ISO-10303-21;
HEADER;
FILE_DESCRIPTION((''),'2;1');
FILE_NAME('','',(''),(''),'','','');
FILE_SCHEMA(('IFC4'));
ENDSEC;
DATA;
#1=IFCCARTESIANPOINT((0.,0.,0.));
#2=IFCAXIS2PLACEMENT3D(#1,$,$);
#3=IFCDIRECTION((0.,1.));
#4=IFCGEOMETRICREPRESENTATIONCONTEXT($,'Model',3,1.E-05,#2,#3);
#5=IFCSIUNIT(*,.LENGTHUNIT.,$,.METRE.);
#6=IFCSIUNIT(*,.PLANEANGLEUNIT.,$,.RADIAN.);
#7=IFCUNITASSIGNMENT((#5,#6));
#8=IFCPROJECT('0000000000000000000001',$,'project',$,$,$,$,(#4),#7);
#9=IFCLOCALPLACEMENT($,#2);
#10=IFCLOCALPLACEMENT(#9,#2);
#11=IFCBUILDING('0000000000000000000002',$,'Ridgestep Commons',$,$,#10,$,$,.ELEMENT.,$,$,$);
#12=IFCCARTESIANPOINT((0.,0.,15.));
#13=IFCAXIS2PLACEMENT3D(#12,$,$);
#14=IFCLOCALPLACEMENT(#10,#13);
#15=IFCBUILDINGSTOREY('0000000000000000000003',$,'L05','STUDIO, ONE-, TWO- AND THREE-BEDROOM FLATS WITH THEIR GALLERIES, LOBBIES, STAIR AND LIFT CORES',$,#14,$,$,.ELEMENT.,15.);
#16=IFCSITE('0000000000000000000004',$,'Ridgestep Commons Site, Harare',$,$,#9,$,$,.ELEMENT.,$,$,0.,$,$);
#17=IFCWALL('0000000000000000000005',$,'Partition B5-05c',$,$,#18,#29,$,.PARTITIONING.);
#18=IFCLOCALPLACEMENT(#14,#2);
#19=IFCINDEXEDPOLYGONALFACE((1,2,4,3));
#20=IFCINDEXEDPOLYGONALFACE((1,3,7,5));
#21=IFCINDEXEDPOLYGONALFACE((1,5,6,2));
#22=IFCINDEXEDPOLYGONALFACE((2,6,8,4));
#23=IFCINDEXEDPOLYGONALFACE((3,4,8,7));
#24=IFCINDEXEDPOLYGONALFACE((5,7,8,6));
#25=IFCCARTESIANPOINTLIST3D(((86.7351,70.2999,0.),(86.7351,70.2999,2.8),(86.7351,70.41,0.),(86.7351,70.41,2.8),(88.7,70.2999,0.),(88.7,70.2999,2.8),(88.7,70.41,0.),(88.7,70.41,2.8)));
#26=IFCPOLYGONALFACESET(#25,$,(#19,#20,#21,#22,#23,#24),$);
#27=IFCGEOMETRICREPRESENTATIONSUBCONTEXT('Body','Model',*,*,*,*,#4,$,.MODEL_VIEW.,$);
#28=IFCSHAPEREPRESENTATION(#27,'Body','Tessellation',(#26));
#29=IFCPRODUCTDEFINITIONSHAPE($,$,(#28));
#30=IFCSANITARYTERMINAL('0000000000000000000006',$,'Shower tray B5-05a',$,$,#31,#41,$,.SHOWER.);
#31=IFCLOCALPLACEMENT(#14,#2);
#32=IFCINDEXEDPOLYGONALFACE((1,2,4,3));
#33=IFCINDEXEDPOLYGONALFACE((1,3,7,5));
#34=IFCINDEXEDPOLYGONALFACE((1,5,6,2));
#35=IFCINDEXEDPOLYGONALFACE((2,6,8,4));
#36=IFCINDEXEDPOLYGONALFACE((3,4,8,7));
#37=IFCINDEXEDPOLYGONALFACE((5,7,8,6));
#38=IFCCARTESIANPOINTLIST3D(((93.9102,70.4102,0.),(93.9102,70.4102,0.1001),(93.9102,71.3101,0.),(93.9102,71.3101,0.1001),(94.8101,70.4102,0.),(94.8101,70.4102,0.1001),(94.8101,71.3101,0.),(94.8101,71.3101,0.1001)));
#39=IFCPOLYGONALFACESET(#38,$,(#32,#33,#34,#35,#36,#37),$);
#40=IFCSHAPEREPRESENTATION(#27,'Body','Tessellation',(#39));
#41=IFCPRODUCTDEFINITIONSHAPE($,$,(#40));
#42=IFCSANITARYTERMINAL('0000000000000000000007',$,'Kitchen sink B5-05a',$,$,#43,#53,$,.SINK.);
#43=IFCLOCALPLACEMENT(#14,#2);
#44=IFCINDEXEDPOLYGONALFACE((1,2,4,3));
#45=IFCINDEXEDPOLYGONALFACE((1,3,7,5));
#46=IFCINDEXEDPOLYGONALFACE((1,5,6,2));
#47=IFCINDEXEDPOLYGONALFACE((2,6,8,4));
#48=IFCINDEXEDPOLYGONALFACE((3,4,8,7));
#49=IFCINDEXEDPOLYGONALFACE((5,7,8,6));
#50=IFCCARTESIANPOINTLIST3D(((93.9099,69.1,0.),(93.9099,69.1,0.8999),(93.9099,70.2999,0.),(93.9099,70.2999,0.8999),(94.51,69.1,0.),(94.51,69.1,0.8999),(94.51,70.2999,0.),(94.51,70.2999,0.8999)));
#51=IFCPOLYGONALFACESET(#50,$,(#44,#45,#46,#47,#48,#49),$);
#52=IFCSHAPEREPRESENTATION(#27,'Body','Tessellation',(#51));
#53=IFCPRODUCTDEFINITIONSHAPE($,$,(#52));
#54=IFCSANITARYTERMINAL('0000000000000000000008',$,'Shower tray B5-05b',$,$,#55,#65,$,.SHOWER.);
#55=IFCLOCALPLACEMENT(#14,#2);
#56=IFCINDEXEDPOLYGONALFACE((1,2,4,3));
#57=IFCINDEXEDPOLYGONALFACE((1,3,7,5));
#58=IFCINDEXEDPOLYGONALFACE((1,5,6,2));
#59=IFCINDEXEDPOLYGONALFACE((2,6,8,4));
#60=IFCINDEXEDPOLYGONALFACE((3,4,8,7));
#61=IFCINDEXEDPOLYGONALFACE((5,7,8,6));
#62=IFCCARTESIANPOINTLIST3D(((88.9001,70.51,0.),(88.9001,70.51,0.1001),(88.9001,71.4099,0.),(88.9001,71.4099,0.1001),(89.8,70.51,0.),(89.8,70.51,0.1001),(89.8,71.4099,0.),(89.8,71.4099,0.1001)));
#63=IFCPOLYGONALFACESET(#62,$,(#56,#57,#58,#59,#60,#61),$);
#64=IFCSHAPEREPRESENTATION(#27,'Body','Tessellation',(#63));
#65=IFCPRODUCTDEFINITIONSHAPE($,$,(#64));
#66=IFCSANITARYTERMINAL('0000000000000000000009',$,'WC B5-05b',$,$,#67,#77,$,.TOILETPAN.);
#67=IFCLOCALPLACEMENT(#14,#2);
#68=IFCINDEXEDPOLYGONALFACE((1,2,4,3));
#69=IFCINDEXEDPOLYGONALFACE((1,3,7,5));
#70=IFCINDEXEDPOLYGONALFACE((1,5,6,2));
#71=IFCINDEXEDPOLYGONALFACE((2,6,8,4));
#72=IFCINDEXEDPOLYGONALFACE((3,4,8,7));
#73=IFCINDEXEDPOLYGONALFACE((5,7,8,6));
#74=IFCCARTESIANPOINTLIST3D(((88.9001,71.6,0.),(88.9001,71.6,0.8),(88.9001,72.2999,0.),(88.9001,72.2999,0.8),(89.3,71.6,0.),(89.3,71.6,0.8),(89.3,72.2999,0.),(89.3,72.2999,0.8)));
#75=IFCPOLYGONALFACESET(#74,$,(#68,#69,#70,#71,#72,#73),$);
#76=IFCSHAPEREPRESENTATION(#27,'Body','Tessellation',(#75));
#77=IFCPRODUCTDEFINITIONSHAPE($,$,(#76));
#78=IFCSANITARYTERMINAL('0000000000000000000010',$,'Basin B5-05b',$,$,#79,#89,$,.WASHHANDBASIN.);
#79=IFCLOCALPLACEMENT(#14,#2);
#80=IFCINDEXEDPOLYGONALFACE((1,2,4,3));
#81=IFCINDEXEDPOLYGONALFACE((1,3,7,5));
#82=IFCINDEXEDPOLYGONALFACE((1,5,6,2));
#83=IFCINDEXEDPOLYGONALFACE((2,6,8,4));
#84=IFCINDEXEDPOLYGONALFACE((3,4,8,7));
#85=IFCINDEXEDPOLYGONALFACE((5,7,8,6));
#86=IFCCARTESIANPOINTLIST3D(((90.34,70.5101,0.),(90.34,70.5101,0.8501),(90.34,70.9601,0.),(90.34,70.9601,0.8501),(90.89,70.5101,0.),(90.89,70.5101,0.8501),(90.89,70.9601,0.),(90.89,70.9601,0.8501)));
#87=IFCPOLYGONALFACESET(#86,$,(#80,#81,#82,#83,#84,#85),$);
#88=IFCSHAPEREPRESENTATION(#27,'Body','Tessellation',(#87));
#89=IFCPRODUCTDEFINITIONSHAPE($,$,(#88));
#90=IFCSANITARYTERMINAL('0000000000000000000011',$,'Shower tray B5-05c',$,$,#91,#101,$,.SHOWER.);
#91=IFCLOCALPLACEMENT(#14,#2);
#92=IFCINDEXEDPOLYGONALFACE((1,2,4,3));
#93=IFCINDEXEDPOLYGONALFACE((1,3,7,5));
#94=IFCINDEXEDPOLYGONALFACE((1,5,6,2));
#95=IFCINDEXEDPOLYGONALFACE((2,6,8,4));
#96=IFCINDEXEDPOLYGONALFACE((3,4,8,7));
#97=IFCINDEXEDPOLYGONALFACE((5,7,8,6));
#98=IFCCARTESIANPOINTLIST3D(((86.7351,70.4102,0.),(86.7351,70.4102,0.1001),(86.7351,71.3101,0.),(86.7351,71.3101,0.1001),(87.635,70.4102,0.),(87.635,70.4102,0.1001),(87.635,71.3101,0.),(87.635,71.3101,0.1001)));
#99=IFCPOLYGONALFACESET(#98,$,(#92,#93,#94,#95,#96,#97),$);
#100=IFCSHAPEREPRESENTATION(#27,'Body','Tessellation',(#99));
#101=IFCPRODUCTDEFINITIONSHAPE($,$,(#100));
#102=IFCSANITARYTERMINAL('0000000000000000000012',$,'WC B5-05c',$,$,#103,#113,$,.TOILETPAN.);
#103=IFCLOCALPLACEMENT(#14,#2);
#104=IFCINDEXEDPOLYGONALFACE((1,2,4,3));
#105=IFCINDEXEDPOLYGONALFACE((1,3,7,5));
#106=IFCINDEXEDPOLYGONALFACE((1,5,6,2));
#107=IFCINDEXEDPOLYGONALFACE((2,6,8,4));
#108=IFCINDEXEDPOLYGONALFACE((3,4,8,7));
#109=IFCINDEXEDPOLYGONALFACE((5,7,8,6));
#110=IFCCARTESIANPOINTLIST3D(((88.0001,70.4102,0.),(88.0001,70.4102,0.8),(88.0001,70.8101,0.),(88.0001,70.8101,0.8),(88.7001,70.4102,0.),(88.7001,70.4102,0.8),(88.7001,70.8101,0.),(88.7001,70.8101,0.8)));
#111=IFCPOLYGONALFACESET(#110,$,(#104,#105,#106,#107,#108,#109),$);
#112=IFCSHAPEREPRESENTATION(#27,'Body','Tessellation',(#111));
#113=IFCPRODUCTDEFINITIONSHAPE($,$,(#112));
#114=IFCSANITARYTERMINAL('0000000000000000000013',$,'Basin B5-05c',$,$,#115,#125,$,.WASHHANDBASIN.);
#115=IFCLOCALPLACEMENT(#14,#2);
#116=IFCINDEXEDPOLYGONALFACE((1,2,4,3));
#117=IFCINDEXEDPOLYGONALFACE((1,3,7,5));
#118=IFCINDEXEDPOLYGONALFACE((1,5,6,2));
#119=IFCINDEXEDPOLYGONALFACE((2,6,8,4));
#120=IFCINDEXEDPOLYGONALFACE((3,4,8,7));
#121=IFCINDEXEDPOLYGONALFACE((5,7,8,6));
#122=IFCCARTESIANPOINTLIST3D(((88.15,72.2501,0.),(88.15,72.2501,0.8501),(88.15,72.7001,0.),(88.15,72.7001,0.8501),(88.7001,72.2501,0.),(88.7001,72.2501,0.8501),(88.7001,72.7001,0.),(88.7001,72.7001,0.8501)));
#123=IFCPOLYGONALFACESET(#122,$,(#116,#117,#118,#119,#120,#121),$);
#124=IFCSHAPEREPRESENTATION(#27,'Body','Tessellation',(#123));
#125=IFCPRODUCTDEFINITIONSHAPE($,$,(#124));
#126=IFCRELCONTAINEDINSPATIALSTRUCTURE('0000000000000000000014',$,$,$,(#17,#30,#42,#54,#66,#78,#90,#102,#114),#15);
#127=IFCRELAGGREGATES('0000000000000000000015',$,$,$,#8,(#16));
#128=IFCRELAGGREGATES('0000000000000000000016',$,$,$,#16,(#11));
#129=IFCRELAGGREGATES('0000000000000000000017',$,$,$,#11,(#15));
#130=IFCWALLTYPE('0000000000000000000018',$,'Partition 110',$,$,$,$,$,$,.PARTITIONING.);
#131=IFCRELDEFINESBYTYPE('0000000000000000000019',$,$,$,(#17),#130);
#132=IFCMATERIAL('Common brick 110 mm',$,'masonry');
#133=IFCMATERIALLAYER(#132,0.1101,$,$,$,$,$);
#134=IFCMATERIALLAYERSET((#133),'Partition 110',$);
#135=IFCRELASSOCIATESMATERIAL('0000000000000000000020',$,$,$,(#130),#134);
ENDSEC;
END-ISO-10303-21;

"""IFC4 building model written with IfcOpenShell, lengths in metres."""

from ifc_helpers import new_model, si_unit, direction, frame, frame_2d, origin, origin_2d, place, context, subcontext, project, spatial, rectangle, extrude, material, layer, layer_set, type_object, element, save


model = new_model("IFC4")

# Units and contexts
model_context = context("Model", 3, precision=1e-05, world=origin(), true_north=direction((0.0, 1.0)))
body_context = subcontext(model_context, "Body", "Model", "MODEL_VIEW")
ifc_project = project(units=[si_unit("LENGTHUNIT", "METRE"), si_unit("PLANEANGLEUNIT", "RADIAN")], contexts=[model_context])

# Site, building, storey
site_placement = place(None, origin())
site = spatial("IfcSite", under=ifc_project, at=site_placement, Name="Ridgestep Commons Site, Harare", CompositionType="ELEMENT", RefElevation=0.0)
building_placement = place(site_placement, origin())
building = spatial("IfcBuilding", under=site, at=building_placement, Name="Ridgestep Commons", CompositionType="ELEMENT")
storey_placement = place(building_placement, frame((0.0, 0.0, 15.0)))
storey = spatial("IfcBuildingStorey", under=building, at=storey_placement, Name="L05", Description="STUDIO, ONE-, TWO- AND THREE-BEDROOM FLATS WITH THEIR GALLERIES, LOBBIES, STAIR AND LIFT CORES", CompositionType="ELEMENT", Elevation=15.0)

# Shared definitions
ifc_material_1 = material(Name="Common brick 110 mm", Category="masonry")
ifc_layer_1 = layer(ifc_material_1, 0.1101)
ifc_layer_set_1 = layer_set([ifc_layer_1], Name="Partition 110")
wall_type_1 = type_object("IfcWallType", Name="Partition 110", PredefinedType="PARTITIONING", material=ifc_layer_set_1)

# Wall
wall_1_placement = place(storey_placement, frame((86.7351, 70.355, 0.0), z_axis=(0.0, 0.0, 1.0), x_axis=(1.0, 0.0, 0.0)))
element("IfcWall", 1, at=wall_1_placement, inside=storey, type_object=wall_type_1, Name="Partition B5-05c", PredefinedType="PARTITIONING", context=body_context, shape_type="SweptSolid", body=[
    extrude(rectangle(XDim=1.9648, YDim=0.1101, at=frame_2d((0.9824, 0.0))), origin(), (0.0, 0.0, 1.0), 2.8),
])

# Sanitary terminals
sanitary_terminal_1_placement = place(storey_placement, frame((94.3601, 70.8601, 0.0), z_axis=(0.0, 0.0, 1.0), x_axis=(1.0, 0.0, 0.0)))
element("IfcSanitaryTerminal", 2, at=sanitary_terminal_1_placement, inside=storey, Name="Shower tray B5-05a", PredefinedType="SHOWER", context=body_context, shape_type="SweptSolid", body=[
    extrude(rectangle(XDim=0.8999, YDim=0.8999, at=origin_2d()), origin(), (0.0, 0.0, 1.0), 0.1001),
])
sanitary_terminal_2_placement = place(storey_placement, frame((94.21, 69.7, 0.0), z_axis=(0.0, 0.0, 1.0), x_axis=(1.0, 0.0, 0.0)))
element("IfcSanitaryTerminal", 3, at=sanitary_terminal_2_placement, inside=storey, Name="Kitchen sink B5-05a", PredefinedType="SINK", context=body_context, shape_type="SweptSolid", body=[
    extrude(rectangle(XDim=0.6001, YDim=1.2, at=origin_2d()), origin(), (0.0, 0.0, 1.0), 0.8999),
])
sanitary_terminal_3_placement = place(storey_placement, frame((89.3501, 70.96, 0.0), z_axis=(0.0, 0.0, 1.0), x_axis=(1.0, 0.0, 0.0)))
element("IfcSanitaryTerminal", 4, at=sanitary_terminal_3_placement, inside=storey, Name="Shower tray B5-05b", PredefinedType="SHOWER", context=body_context, shape_type="SweptSolid", body=[
    extrude(rectangle(XDim=0.8999, YDim=0.8999, at=origin_2d()), origin(), (0.0, 0.0, 1.0), 0.1001),
])
sanitary_terminal_4_placement = place(storey_placement, frame((89.1001, 71.95, 0.0), z_axis=(0.0, 0.0, 1.0), x_axis=(1.0, 0.0, 0.0)))
element("IfcSanitaryTerminal", 5, at=sanitary_terminal_4_placement, inside=storey, Name="WC B5-05b", PredefinedType="TOILETPAN", context=body_context, shape_type="SweptSolid", body=[
    extrude(rectangle(XDim=0.3999, YDim=0.7, at=origin_2d()), origin(), (0.0, 0.0, 1.0), 0.8),
])
sanitary_terminal_5_placement = place(storey_placement, frame((90.615, 70.7351, 0.0), z_axis=(0.0, 0.0, 1.0), x_axis=(1.0, 0.0, 0.0)))
element("IfcSanitaryTerminal", 6, at=sanitary_terminal_5_placement, inside=storey, Name="Basin B5-05b", PredefinedType="WASHHANDBASIN", context=body_context, shape_type="SweptSolid", body=[
    extrude(rectangle(XDim=0.55, YDim=0.45, at=origin_2d()), origin(), (0.0, 0.0, 1.0), 0.8501),
])
sanitary_terminal_6_placement = place(storey_placement, frame((87.1851, 70.8601, 0.0), z_axis=(0.0, 0.0, 1.0), x_axis=(1.0, 0.0, 0.0)))
element("IfcSanitaryTerminal", 7, at=sanitary_terminal_6_placement, inside=storey, Name="Shower tray B5-05c", PredefinedType="SHOWER", context=body_context, shape_type="SweptSolid", body=[
    extrude(rectangle(XDim=0.8999, YDim=0.8999, at=origin_2d()), origin(), (0.0, 0.0, 1.0), 0.1001),
])
sanitary_terminal_7_placement = place(storey_placement, frame((88.3501, 70.6101, 0.0), z_axis=(0.0, 0.0, 1.0), x_axis=(1.0, 0.0, 0.0)))
element("IfcSanitaryTerminal", 8, at=sanitary_terminal_7_placement, inside=storey, Name="WC B5-05c", PredefinedType="TOILETPAN", context=body_context, shape_type="SweptSolid", body=[
    extrude(rectangle(XDim=0.7, YDim=0.3999, at=origin_2d()), origin(), (0.0, 0.0, 1.0), 0.8),
])
sanitary_terminal_8_placement = place(storey_placement, frame((88.425, 72.4751, 0.0), z_axis=(0.0, 0.0, 1.0), x_axis=(1.0, 0.0, 0.0)))
element("IfcSanitaryTerminal", 9, at=sanitary_terminal_8_placement, inside=storey, Name="Basin B5-05c", PredefinedType="WASHHANDBASIN", context=body_context, shape_type="SweptSolid", body=[
    extrude(rectangle(XDim=0.55, YDim=0.45, at=origin_2d()), origin(), (0.0, 0.0, 1.0), 0.8501),
])

save(model, "model.ifc")
